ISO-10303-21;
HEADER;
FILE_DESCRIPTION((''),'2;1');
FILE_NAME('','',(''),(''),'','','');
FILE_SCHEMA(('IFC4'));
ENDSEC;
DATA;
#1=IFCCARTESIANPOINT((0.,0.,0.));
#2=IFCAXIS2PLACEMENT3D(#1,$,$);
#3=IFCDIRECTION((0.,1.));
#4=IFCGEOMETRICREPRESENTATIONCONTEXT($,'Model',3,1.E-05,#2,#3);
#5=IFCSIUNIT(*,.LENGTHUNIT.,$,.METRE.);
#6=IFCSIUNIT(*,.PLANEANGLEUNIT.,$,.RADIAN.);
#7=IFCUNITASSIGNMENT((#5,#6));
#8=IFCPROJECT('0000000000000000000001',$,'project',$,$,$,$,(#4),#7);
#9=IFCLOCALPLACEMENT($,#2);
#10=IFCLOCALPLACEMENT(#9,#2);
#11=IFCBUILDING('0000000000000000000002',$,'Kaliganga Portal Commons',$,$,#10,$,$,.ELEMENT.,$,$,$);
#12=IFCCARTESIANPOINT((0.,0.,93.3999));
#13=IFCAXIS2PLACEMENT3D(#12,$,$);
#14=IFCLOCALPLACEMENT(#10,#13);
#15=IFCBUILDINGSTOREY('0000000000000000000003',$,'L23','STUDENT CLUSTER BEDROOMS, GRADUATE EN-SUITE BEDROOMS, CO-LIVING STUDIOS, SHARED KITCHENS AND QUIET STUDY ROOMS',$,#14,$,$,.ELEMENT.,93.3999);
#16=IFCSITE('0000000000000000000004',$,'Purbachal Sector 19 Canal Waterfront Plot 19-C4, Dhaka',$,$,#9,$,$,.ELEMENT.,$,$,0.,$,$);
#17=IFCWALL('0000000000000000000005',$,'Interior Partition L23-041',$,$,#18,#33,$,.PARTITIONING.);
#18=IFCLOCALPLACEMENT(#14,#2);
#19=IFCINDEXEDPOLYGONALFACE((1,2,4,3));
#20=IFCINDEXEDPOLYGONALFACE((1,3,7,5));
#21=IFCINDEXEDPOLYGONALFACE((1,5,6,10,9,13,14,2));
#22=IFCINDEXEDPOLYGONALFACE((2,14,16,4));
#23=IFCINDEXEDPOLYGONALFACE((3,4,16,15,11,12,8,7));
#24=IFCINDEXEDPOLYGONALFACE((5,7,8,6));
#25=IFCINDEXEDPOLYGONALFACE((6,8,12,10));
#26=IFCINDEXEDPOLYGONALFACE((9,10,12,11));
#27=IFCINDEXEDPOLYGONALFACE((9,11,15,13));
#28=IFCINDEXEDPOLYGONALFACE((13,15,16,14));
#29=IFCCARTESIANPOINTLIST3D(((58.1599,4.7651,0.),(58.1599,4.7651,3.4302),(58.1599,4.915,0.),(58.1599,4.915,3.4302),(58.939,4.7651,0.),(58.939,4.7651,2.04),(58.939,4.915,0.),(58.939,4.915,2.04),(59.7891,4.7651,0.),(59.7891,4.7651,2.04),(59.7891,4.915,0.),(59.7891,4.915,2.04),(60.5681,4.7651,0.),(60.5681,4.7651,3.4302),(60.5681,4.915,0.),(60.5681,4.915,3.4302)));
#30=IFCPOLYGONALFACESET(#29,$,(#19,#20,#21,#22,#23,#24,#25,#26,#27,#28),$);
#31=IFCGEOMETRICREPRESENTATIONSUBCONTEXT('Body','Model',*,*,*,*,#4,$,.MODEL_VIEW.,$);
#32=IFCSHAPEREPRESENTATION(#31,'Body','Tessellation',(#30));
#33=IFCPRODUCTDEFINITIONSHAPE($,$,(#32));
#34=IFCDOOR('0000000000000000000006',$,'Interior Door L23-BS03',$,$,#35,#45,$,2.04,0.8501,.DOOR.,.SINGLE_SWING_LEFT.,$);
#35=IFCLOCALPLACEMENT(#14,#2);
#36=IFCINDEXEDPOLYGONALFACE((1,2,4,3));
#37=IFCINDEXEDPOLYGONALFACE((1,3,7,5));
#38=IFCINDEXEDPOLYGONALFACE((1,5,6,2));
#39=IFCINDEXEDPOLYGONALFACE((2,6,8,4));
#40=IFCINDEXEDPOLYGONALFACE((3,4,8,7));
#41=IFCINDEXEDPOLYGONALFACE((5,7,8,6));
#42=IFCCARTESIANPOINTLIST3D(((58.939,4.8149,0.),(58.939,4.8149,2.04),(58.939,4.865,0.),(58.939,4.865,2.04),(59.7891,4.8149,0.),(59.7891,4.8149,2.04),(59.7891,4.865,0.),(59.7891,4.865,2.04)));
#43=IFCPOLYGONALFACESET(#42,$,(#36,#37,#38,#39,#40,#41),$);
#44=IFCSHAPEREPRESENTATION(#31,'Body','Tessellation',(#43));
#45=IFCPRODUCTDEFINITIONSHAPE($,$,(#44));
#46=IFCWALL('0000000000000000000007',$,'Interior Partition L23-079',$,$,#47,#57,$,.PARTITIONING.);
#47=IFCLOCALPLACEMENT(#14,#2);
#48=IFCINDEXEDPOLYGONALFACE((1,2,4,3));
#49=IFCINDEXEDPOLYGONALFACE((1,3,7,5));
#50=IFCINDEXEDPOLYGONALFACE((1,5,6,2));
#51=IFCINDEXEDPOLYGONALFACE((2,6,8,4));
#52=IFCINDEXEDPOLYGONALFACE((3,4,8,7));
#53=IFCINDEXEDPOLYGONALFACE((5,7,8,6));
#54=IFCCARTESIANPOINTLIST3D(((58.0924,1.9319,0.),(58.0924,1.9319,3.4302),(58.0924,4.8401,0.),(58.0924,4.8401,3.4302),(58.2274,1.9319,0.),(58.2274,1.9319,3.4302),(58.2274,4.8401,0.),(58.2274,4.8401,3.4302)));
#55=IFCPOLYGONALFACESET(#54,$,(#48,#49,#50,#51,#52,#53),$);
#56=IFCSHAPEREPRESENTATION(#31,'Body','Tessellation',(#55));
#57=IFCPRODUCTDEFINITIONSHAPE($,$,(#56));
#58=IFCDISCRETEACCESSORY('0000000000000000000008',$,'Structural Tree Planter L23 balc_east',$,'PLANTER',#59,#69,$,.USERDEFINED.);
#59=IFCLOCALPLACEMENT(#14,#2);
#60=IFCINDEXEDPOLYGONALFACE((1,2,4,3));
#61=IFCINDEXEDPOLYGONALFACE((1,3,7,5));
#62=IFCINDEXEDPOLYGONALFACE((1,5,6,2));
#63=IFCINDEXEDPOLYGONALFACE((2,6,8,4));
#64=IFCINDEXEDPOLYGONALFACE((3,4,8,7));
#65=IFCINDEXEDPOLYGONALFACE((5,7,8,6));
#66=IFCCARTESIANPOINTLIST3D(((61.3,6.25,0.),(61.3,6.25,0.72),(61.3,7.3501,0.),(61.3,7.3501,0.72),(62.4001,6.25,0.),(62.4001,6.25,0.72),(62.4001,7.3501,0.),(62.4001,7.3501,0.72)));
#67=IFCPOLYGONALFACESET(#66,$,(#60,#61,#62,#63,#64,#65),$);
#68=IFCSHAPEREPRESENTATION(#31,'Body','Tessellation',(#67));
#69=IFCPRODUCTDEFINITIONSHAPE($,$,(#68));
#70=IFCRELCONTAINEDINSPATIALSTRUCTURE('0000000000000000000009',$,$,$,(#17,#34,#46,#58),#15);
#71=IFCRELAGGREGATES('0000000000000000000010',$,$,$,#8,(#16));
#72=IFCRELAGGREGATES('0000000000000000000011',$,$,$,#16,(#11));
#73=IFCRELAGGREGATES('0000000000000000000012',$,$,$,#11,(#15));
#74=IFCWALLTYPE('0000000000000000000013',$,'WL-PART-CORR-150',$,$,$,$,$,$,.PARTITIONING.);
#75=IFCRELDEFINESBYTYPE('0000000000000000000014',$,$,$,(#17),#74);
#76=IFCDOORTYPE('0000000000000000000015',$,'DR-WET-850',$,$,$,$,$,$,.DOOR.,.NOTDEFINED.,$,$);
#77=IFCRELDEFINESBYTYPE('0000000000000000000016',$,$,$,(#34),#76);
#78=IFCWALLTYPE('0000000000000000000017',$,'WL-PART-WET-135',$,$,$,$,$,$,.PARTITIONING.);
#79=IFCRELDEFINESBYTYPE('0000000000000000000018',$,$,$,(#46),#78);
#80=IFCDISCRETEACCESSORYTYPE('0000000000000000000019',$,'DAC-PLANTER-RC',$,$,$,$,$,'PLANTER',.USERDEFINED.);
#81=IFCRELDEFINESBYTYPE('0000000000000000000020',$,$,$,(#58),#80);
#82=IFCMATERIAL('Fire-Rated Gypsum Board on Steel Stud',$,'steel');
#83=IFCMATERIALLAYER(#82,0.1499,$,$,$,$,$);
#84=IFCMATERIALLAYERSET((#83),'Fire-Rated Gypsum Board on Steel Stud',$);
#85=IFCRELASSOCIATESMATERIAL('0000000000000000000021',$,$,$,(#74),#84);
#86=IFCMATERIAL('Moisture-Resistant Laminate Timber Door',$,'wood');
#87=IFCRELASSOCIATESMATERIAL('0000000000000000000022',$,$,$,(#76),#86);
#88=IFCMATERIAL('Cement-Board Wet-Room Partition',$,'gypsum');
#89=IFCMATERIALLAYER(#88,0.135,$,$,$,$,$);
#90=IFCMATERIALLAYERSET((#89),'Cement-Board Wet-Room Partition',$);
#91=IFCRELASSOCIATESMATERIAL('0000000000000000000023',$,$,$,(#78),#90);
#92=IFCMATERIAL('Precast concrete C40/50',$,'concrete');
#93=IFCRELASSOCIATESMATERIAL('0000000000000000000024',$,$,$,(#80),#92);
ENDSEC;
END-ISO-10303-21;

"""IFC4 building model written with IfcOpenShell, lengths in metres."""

from ifc_helpers import new_model, si_unit, direction, frame, frame_2d, origin, origin_2d, place, context, subcontext, project, spatial, rectangle, extrude, source, transform, mapped, material, layer, layer_set, type_object, element, fill, save


model = new_model("IFC4")

# Units and contexts
model_context = context("Model", 3, precision=1e-05, world=origin(), true_north=direction((0.0, 1.0)))
body_context = subcontext(model_context, "Body", "Model", "MODEL_VIEW")
ifc_project = project(units=[si_unit("LENGTHUNIT", "METRE"), si_unit("PLANEANGLEUNIT", "RADIAN")], contexts=[model_context])

# Site, building, storey
site_placement = place(None, origin())
site = spatial("IfcSite", under=ifc_project, at=site_placement, Name="Purbachal Sector 19 Canal Waterfront Plot 19-C4, Dhaka", CompositionType="ELEMENT", RefElevation=0.0)
building_placement = place(site_placement, origin())
building = spatial("IfcBuilding", under=site, at=building_placement, Name="Kaliganga Portal Commons", CompositionType="ELEMENT")
storey_placement = place(building_placement, frame((0.0, 0.0, 93.3999)))
storey = spatial("IfcBuildingStorey", under=building, at=storey_placement, Name="L23", Description="STUDENT CLUSTER BEDROOMS, GRADUATE EN-SUITE BEDROOMS, CO-LIVING STUDIOS, SHARED KITCHENS AND QUIET STUDY ROOMS", CompositionType="ELEMENT", Elevation=93.3999)

# Shared definitions
ifc_material_1 = material(Name="Fire-Rated Gypsum Board on Steel Stud", Category="steel")
ifc_layer_1 = layer(ifc_material_1, 0.1499)
ifc_layer_set_1 = layer_set([ifc_layer_1], Name="Fire-Rated Gypsum Board on Steel Stud")
wall_type_1 = type_object("IfcWallType", Name="WL-PART-CORR-150", PredefinedType="PARTITIONING", material=ifc_layer_set_1)

# Wall, opening, door
wall_1_placement = place(storey_placement, frame((58.1599, 4.8401, 0.0), z_axis=(0.0, 0.0, 1.0), x_axis=(1.0, 0.0, 0.0)))
wall_1 = element("IfcWall", 1, at=wall_1_placement, inside=storey, type_object=wall_type_1, Name="Interior Partition L23-041", PredefinedType="PARTITIONING", context=body_context, shape_type="SweptSolid", body=[
    extrude(rectangle(XDim=2.4082, YDim=0.1499, at=frame_2d((1.2041, 0.0))), origin(), (0.0, 0.0, 1.0), 3.4302),
])
opening_1_placement = place(wall_1_placement, frame((0.7791, 0.0, 0.0)))
opening_1 = element("IfcOpeningElement", 2, at=opening_1_placement, cuts=wall_1, PredefinedType="OPENING", context=body_context, shape_type="SweptSolid", body=[
    extrude(rectangle(XDim=0.8501, YDim=2.04, at=frame_2d((0.425, 1.02))), frame((0.0, 0.085, 0.0), z_axis=(0.0, -1.0, 0.0), x_axis=(1.0, 0.0, 0.0)), (0.0, 0.0, 1.0), 0.1699),
])
ifc_material_2 = material(Name="Moisture-Resistant Laminate Timber Door", Category="wood")
door_type_1 = type_object("IfcDoorType", Name="DR-WET-850", OperationType="NOTDEFINED", PredefinedType="DOOR", material=ifc_material_2)
door_1_placement = place(opening_1_placement, origin())
door_1 = element("IfcDoor", 3, at=door_1_placement, inside=storey, type_object=door_type_1, Name="Interior Door L23-BS03", OperationType="SINGLE_SWING_LEFT", OverallHeight=2.04, OverallWidth=0.8501, PredefinedType="DOOR", context=body_context, shape_type="SweptSolid", body=[
    extrude(rectangle(XDim=0.8501, YDim=2.04, at=frame_2d((0.425, 1.02))), frame((0.0, 0.0249, 0.0), z_axis=(0.0, -1.0, 0.0), x_axis=(1.0, 0.0, 0.0)), (0.0, 0.0, 1.0), 0.05),
])
fill(opening_1, door_1)

# Wall
ifc_material_3 = material(Name="Cement-Board Wet-Room Partition", Category="gypsum")
ifc_layer_2 = layer(ifc_material_3, 0.135)
ifc_layer_set_2 = layer_set([ifc_layer_2], Name="Cement-Board Wet-Room Partition")
wall_type_2 = type_object("IfcWallType", Name="WL-PART-WET-135", PredefinedType="PARTITIONING", material=ifc_layer_set_2)
wall_2_placement = place(storey_placement, frame((58.1599, 1.9319, 0.0), z_axis=(0.0, 0.0, 1.0), x_axis=(0.0, 1.0, 0.0)))
element("IfcWall", 4, at=wall_2_placement, inside=storey, type_object=wall_type_2, Name="Interior Partition L23-079", PredefinedType="PARTITIONING", context=body_context, shape_type="SweptSolid", body=[
    extrude(rectangle(XDim=2.9082, YDim=0.135, at=frame_2d((1.4541, 0.0))), origin(), (0.0, 0.0, 1.0), 3.4302),
])

# Discrete accessory
ifc_material_4 = material(Name="Precast concrete C40/50", Category="concrete")
discrete_accessory_type = type_object("IfcDiscreteAccessoryType", Name="DAC-PLANTER-RC", ElementType="PLANTER", PredefinedType="USERDEFINED", material=ifc_material_4)
shared_shape_1 = source(origin(), body_context, "Body", "SweptSolid", [
    extrude(rectangle(XDim=1.1001, YDim=1.1001, at=origin_2d()), origin(), (0.0, 0.0, 1.0), 0.72),
])
discrete_accessory_placement = place(storey_placement, frame((61.8501, 6.8, 0.0), z_axis=(0.0, 0.0, 1.0), x_axis=(1.0, 0.0, 0.0)))
element("IfcDiscreteAccessory", 5, at=discrete_accessory_placement, inside=storey, type_object=discrete_accessory_type, Name="Structural Tree Planter L23 balc_east", ObjectType="PLANTER", PredefinedType="USERDEFINED", context=body_context, shape_type="MappedRepresentation", body=[
    mapped(shared_shape_1, transform((0.0, 0.0, 0.0), x_axis=(1.0, 0.0, 0.0), y_axis=(0.0, 1.0, 0.0), z_axis=(0.0, 0.0, 1.0), scale=1.0)),
])

save(model, "model.ifc")
